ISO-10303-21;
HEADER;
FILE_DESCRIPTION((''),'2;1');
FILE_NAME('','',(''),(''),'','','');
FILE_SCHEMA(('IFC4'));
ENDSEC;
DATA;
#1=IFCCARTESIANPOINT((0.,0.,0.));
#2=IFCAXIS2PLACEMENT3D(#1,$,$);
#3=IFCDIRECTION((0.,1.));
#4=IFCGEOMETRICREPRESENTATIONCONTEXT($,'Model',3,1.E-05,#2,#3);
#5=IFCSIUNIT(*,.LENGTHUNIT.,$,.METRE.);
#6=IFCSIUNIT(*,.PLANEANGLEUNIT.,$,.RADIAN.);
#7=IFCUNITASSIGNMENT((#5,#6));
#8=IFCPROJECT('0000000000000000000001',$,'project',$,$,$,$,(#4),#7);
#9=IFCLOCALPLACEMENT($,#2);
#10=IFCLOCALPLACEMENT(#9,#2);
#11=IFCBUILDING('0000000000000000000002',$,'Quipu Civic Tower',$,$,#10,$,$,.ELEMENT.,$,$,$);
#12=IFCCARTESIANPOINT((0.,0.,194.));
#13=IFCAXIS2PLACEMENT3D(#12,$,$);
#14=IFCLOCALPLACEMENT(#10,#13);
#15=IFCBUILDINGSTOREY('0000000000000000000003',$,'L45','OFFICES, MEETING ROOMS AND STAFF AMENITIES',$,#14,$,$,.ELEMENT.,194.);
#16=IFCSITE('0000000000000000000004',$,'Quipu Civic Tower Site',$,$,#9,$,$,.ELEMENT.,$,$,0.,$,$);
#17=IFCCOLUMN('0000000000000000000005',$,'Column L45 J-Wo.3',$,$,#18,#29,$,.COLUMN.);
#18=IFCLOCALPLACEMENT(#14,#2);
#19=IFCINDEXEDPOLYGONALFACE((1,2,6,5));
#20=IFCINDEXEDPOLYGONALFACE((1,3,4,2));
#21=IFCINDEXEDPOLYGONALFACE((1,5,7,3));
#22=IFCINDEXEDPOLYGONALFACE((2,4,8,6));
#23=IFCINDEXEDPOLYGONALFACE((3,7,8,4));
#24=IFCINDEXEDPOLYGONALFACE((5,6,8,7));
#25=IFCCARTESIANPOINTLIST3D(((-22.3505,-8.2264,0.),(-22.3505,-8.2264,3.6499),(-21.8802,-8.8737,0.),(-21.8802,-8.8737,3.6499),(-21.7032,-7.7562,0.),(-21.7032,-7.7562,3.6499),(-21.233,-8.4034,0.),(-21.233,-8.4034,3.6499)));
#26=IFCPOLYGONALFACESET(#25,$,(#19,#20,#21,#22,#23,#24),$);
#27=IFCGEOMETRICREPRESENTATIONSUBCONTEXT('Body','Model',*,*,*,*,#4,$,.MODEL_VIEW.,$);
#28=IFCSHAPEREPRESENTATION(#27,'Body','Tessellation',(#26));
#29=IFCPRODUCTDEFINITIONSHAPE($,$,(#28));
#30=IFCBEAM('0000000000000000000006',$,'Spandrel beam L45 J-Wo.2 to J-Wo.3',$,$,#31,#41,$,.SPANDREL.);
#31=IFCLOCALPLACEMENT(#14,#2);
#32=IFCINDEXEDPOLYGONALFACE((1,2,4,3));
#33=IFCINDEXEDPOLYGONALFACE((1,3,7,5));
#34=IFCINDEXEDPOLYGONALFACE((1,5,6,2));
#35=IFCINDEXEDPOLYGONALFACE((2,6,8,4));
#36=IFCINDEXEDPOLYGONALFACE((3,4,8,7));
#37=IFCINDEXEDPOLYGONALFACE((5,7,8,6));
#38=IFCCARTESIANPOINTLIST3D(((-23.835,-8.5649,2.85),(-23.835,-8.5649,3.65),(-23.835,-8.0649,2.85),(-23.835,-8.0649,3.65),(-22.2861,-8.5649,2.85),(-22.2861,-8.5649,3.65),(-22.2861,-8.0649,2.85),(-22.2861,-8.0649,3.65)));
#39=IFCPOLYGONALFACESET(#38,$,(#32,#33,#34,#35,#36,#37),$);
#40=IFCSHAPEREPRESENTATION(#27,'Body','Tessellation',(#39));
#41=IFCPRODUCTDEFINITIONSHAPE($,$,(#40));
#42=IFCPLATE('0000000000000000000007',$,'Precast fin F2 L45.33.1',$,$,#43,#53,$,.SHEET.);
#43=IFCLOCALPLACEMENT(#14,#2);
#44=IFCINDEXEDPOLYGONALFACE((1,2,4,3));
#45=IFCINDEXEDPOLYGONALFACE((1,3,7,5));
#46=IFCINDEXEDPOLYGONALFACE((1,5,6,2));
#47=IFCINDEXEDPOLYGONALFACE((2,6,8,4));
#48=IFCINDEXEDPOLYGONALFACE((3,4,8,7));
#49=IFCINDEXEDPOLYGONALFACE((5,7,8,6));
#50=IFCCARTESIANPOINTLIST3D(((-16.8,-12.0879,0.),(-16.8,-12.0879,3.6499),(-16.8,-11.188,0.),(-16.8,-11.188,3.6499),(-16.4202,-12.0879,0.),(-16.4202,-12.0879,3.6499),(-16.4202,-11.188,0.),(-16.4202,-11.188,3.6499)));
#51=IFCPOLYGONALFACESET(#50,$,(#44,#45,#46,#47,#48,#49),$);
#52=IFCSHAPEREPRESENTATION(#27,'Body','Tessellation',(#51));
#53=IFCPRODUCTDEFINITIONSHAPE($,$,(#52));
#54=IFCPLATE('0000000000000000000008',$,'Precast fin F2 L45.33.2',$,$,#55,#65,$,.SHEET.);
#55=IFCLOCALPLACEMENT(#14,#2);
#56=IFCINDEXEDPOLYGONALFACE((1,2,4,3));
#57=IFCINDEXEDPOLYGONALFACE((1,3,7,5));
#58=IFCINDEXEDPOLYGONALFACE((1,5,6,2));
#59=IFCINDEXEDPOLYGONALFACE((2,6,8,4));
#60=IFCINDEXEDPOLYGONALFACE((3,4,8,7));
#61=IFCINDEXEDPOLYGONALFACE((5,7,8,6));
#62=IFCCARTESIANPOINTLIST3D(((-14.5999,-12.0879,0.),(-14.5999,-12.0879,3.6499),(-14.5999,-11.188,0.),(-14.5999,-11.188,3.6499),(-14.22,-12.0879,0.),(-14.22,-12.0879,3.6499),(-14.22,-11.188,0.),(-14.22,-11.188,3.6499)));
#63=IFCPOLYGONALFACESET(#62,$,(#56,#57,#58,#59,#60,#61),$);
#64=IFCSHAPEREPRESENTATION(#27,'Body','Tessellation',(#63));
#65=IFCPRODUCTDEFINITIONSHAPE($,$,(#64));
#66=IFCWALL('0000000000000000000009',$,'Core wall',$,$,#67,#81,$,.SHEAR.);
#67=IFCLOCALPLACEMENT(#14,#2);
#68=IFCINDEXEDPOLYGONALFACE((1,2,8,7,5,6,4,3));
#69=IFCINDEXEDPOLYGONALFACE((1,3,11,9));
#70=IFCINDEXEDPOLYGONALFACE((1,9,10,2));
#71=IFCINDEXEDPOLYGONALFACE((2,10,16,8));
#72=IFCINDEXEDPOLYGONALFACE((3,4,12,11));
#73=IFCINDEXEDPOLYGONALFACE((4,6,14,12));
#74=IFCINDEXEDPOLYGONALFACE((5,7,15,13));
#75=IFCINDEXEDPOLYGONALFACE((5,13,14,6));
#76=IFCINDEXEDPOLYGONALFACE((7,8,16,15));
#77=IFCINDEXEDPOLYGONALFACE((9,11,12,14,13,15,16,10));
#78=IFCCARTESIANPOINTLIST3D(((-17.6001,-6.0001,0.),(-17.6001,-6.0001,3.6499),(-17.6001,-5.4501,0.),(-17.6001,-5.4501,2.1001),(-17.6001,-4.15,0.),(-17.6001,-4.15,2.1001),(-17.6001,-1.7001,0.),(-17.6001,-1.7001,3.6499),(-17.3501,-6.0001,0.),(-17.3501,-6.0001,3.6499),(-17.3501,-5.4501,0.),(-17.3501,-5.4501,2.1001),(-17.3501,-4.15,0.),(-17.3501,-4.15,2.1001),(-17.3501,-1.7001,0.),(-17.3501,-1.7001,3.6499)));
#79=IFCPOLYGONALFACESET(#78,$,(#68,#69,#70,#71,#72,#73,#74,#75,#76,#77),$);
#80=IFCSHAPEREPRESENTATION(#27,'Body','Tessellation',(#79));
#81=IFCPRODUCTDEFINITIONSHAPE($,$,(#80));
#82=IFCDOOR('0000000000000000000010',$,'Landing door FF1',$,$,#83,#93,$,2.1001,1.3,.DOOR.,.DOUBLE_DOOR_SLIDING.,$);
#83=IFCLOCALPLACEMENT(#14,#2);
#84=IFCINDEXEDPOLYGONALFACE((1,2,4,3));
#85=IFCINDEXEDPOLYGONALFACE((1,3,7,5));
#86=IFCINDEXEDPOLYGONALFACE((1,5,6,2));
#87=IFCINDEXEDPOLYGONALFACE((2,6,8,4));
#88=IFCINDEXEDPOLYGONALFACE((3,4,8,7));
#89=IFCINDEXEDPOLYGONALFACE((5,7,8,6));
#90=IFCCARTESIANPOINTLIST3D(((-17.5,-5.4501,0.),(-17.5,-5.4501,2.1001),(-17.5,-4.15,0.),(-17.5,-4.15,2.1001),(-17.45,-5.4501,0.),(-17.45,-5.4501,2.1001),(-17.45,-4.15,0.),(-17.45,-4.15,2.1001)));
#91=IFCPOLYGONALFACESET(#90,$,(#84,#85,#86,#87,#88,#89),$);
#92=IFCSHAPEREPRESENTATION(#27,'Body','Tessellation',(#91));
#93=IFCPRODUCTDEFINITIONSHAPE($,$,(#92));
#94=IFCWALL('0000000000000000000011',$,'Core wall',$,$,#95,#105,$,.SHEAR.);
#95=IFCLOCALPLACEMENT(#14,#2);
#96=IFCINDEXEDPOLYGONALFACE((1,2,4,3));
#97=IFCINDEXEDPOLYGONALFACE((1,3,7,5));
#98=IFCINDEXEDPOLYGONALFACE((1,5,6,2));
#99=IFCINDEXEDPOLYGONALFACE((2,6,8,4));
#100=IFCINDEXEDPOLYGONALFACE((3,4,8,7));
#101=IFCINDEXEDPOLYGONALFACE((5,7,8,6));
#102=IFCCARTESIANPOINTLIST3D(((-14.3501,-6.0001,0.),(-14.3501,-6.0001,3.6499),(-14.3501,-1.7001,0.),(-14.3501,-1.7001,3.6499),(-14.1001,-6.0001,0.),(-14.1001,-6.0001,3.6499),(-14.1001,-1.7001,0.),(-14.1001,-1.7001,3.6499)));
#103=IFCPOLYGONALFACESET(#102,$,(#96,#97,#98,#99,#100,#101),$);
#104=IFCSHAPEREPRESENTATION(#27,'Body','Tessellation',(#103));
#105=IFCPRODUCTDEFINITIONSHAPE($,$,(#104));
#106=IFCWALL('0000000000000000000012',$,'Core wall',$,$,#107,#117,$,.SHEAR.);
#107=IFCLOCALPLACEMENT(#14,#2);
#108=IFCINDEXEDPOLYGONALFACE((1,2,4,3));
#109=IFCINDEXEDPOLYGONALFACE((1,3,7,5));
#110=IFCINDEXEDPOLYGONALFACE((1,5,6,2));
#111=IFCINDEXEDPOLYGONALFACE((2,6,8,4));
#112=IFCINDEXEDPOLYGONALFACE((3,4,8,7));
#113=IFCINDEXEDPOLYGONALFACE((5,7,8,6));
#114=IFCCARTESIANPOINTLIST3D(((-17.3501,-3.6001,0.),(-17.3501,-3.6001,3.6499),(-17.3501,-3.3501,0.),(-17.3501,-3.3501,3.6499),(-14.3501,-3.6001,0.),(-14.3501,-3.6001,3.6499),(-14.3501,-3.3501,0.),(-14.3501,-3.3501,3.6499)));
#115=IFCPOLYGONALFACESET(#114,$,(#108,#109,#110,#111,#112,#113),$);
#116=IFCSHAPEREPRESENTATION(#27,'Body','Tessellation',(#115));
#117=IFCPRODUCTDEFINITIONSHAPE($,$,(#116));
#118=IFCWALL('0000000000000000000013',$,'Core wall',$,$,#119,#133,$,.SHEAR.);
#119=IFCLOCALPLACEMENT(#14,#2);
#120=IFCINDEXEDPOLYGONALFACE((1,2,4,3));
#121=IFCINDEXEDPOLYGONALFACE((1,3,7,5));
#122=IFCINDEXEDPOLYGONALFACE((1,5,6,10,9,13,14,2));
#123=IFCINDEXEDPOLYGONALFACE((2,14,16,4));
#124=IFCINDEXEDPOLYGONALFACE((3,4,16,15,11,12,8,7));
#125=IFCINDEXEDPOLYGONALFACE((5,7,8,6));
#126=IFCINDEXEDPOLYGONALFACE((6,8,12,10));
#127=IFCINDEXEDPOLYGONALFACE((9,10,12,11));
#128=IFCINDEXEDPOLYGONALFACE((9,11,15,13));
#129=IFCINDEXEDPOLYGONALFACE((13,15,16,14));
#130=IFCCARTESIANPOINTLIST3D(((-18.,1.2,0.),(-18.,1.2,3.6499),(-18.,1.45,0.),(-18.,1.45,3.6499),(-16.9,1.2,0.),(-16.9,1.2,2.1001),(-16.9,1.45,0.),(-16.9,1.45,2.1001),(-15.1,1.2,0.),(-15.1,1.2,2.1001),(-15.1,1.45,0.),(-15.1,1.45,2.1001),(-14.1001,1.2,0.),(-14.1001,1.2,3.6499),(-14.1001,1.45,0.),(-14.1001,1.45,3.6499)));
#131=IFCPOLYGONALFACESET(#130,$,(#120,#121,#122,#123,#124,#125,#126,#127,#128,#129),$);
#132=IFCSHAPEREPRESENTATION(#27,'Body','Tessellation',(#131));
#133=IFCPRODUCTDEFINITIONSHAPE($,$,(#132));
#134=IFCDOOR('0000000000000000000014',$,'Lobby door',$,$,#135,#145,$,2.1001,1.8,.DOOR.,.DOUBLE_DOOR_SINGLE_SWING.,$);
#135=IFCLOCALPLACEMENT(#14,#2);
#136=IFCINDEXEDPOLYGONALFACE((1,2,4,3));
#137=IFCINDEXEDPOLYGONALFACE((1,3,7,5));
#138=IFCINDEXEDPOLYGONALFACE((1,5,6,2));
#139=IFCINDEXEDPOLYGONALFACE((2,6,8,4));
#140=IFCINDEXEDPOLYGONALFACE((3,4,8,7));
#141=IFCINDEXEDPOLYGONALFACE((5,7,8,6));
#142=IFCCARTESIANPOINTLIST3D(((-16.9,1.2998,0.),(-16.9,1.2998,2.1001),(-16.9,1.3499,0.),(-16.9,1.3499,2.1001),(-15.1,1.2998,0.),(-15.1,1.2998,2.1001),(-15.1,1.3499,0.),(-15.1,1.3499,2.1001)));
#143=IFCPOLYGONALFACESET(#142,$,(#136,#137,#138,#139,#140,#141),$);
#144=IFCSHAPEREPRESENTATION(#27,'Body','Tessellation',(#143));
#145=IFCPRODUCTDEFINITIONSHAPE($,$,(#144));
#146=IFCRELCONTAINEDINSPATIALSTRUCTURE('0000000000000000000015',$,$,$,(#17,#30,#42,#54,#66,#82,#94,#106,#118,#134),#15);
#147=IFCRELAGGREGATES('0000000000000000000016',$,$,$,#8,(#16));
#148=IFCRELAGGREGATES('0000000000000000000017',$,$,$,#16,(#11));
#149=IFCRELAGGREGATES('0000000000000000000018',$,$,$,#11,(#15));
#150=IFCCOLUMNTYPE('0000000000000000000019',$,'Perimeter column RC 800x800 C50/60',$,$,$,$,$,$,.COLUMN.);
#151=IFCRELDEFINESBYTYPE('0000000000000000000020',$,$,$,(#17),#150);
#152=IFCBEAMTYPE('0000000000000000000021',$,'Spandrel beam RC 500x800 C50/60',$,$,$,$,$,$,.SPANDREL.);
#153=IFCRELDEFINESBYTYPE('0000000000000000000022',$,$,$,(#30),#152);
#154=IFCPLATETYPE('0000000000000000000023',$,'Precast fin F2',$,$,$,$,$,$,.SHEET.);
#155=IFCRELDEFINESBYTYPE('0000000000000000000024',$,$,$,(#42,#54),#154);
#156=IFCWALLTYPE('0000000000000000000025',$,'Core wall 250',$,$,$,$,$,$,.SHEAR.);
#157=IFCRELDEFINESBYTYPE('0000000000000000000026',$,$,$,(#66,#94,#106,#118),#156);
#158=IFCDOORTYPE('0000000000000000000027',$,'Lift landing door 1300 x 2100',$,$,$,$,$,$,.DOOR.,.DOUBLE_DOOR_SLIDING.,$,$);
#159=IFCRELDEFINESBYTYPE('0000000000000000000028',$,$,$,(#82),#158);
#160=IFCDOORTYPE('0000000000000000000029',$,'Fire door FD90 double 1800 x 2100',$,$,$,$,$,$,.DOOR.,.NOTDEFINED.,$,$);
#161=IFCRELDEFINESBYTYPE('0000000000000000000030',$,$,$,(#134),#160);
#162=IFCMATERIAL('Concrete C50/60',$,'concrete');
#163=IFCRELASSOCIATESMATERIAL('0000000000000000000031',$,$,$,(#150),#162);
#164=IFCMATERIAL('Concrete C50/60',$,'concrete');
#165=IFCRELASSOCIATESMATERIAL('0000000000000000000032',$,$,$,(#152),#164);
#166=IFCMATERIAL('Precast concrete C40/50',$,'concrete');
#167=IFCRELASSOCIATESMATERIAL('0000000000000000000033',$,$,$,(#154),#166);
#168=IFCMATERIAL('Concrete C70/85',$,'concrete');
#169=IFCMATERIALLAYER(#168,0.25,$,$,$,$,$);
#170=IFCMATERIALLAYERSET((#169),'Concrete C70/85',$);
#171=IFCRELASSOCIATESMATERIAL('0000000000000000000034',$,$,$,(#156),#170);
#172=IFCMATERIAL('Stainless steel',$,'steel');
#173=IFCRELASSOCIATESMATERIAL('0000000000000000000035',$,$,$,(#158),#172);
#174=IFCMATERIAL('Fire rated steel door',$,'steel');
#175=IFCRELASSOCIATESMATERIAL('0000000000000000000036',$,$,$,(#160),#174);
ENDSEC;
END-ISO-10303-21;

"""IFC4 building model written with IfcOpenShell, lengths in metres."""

from ifc_helpers import new_model, si_unit, direction, frame, frame_2d, origin, origin_2d, place, context, subcontext, project, spatial, rectangle, extrude, material, layer, layer_set, material_profile, profile_set, type_object, element, fill, save


model = new_model("IFC4")

# Units and contexts
model_context = context("Model", 3, precision=1e-05, world=origin(), true_north=direction((0.0, 1.0)))
body_context = subcontext(model_context, "Body", "Model", "MODEL_VIEW")
ifc_project = project(units=[si_unit("LENGTHUNIT", "METRE"), si_unit("PLANEANGLEUNIT", "RADIAN")], contexts=[model_context])

# Site, building, storey
site_placement = place(None, origin())
site = spatial("IfcSite", under=ifc_project, at=site_placement, Name="Quipu Civic Tower Site", CompositionType="ELEMENT", RefElevation=0.0)
building_placement = place(site_placement, origin())
building = spatial("IfcBuilding", under=site, at=building_placement, Name="Quipu Civic Tower", CompositionType="ELEMENT")
storey_placement = place(building_placement, frame((0.0, 0.0, 194.0)))
storey = spatial("IfcBuildingStorey", under=building, at=storey_placement, Name="L45", Description="OFFICES, MEETING ROOMS AND STAFF AMENITIES", CompositionType="ELEMENT", Elevation=194.0)

# Column
ifc_material_1 = material(Name="Concrete C50/60", Category="concrete")
ifc_material_profile_1 = material_profile(ifc_material_1, rectangle(XDim=0.8, YDim=0.8, at=origin_2d()), Name="RC800x800")
ifc_profile_set_1 = profile_set([ifc_material_profile_1], Name="Concrete C50/60")
column_type = type_object("IfcColumnType", Name="Perimeter column RC 800x800 C50/60", PredefinedType="COLUMN", material=ifc_profile_set_1)
column_placement = place(storey_placement, frame((-21.7917, -8.3149, 0.0), z_axis=(0.0, 0.0, 1.0), x_axis=(0.587785, -0.809017, 0.0)))
element("IfcColumn", 1, at=column_placement, inside=storey, type_object=column_type, Name="Column L45 J-Wo.3", PredefinedType="COLUMN", context=body_context, shape_type="SweptSolid", body=[
    extrude(rectangle(XDim=0.8, YDim=0.8, at=origin_2d()), origin(), (0.0, 0.0, 1.0), 3.6499),
])

# Beam
ifc_material_2 = material(Name="Concrete C50/60", Category="concrete")
ifc_material_profile_2 = material_profile(ifc_material_2, rectangle(XDim=0.5, YDim=0.8, at=origin_2d()), Name="RC500x800")
ifc_profile_set_2 = profile_set([ifc_material_profile_2], Name="Concrete C50/60")
beam_type = type_object("IfcBeamType", Name="Spandrel beam RC 500x800 C50/60", PredefinedType="SPANDREL", material=ifc_profile_set_2)
beam_placement = place(storey_placement, frame((-23.835, -8.3149, 3.25), z_axis=(1.0, 0.0, 0.0), x_axis=(0.0, 1.0, 0.0)))
element("IfcBeam", 2, at=beam_placement, inside=storey, type_object=beam_type, Name="Spandrel beam L45 J-Wo.2 to J-Wo.3", PredefinedType="SPANDREL", context=body_context, shape_type="SweptSolid", body=[
    extrude(rectangle(XDim=0.5, YDim=0.8, at=origin_2d()), origin(), (0.0, 0.0, 1.0), 1.5488),
])

# Plates
ifc_material_3 = material(Name="Precast concrete C40/50", Category="concrete")
plate_type = type_object("IfcPlateType", Name="Precast fin F2", PredefinedType="SHEET", material=ifc_material_3)
for number, where, z_axis, x_axis, name in (
    (3, (-16.6101, -11.6379, 0.0), (0.0, 0.0, 1.0), (1.0, 0.0, 0.0), "Precast fin F2 L45.33.1"),
    (4, (-14.4099, -11.6379, 0.0), (0.0, 0.0, 1.0), (1.0, 0.0, 0.0), "Precast fin F2 L45.33.2"),
):
    element("IfcPlate", number, at=place(storey_placement, frame(where, z_axis=z_axis, x_axis=x_axis)), inside=storey, type_object=plate_type, Name=name, PredefinedType="SHEET", context=body_context, shape_type="SweptSolid", body=[
        extrude(rectangle(XDim=0.3799, YDim=0.8999, at=origin_2d()), origin(), (0.0, 0.0, 1.0), 3.6499),
    ])

# Wall, opening, door
ifc_material_4 = material(Name="Concrete C70/85", Category="concrete")
ifc_layer_1 = layer(ifc_material_4, 0.25)
ifc_layer_set_1 = layer_set([ifc_layer_1], Name="Concrete C70/85")
wall_type_1 = type_object("IfcWallType", Name="Core wall 250", PredefinedType="SHEAR", material=ifc_layer_set_1)
wall_1_placement = place(storey_placement, frame((-17.4751, -6.0, 0.0), z_axis=(0.0, 0.0, 1.0), x_axis=(0.0, 1.0, 0.0)))
wall_1 = element("IfcWall", 5, at=wall_1_placement, inside=storey, type_object=wall_type_1, Name="Core wall", PredefinedType="SHEAR", context=body_context, shape_type="SweptSolid", body=[
    extrude(rectangle(XDim=4.3, YDim=0.25, at=frame_2d((2.1499, 0.0))), origin(), (0.0, 0.0, 1.0), 3.6499),
])
opening_1_placement = place(wall_1_placement, frame((0.55, 0.0, 0.0)))
opening_1 = element("IfcOpeningElement", 6, at=opening_1_placement, cuts=wall_1, PredefinedType="OPENING", context=body_context, shape_type="SweptSolid", body=[
    extrude(rectangle(XDim=1.3, YDim=2.1001, at=frame_2d((0.6499, 1.05))), frame((0.0, 0.135, 0.0), z_axis=(0.0, -1.0, 0.0), x_axis=(1.0, 0.0, 0.0)), (0.0, 0.0, 1.0), 0.27),
])
ifc_material_5 = material(Name="Stainless steel", Category="steel")
door_type_1 = type_object("IfcDoorType", Name="Lift landing door 1300 x 2100", OperationType="DOUBLE_DOOR_SLIDING", PredefinedType="DOOR", material=ifc_material_5)
door_1_placement = place(opening_1_placement, origin())
door_1 = element("IfcDoor", 7, at=door_1_placement, inside=storey, type_object=door_type_1, Name="Landing door FF1", OperationType="DOUBLE_DOOR_SLIDING", OverallHeight=2.1001, OverallWidth=1.3, PredefinedType="DOOR", context=body_context, shape_type="SweptSolid", body=[
    extrude(rectangle(XDim=1.3, YDim=2.1001, at=frame_2d((0.6499, 1.05))), frame((0.0, 0.0249, 0.0), z_axis=(0.0, -1.0, 0.0), x_axis=(1.0, 0.0, 0.0)), (0.0, 0.0, 1.0), 0.05),
])
fill(opening_1, door_1)

# Walls
wall_2_placement = place(storey_placement, frame((-14.2251, -6.0, 0.0), z_axis=(0.0, 0.0, 1.0), x_axis=(0.0, 1.0, 0.0)))
element("IfcWall", 8, at=wall_2_placement, inside=storey, type_object=wall_type_1, Name="Core wall", PredefinedType="SHEAR", context=body_context, shape_type="SweptSolid", body=[
    extrude(rectangle(XDim=4.3, YDim=0.25, at=frame_2d((2.1499, 0.0))), origin(), (0.0, 0.0, 1.0), 3.6499),
])
wall_3_placement = place(storey_placement, frame((-17.3501, -3.4751, 0.0), z_axis=(0.0, 0.0, 1.0), x_axis=(1.0, 0.0, 0.0)))
element("IfcWall", 9, at=wall_3_placement, inside=storey, type_object=wall_type_1, Name="Core wall", PredefinedType="SHEAR", context=body_context, shape_type="SweptSolid", body=[
    extrude(rectangle(XDim=3.0, YDim=0.25, at=frame_2d((1.5, 0.0))), origin(), (0.0, 0.0, 1.0), 3.6499),
])

# Wall, opening, door
wall_4_placement = place(storey_placement, frame((-18.0, 1.325, 0.0), z_axis=(0.0, 0.0, 1.0), x_axis=(1.0, 0.0, 0.0)))
wall_4 = element("IfcWall", 10, at=wall_4_placement, inside=storey, type_object=wall_type_1, Name="Core wall", PredefinedType="SHEAR", context=body_context, shape_type="SweptSolid", body=[
    extrude(rectangle(XDim=3.8999, YDim=0.25, at=frame_2d((1.95, 0.0))), origin(), (0.0, 0.0, 1.0), 3.6499),
])
opening_2_placement = place(wall_4_placement, frame((1.1001, 0.0, 0.0)))
opening_2 = element("IfcOpeningElement", 11, at=opening_2_placement, cuts=wall_4, PredefinedType="OPENING", context=body_context, shape_type="SweptSolid", body=[
    extrude(rectangle(XDim=1.8, YDim=2.1001, at=frame_2d((0.8999, 1.05))), frame((0.0, 0.135, 0.0), z_axis=(0.0, -1.0, 0.0), x_axis=(1.0, 0.0, 0.0)), (0.0, 0.0, 1.0), 0.27),
])
ifc_material_6 = material(Name="Fire rated steel door", Category="steel")
door_type_2 = type_object("IfcDoorType", Name="Fire door FD90 double 1800 x 2100", OperationType="NOTDEFINED", PredefinedType="DOOR", material=ifc_material_6)
door_2_placement = place(opening_2_placement, origin())
door_2 = element("IfcDoor", 12, at=door_2_placement, inside=storey, type_object=door_type_2, Name="Lobby door", OperationType="DOUBLE_DOOR_SINGLE_SWING", OverallHeight=2.1001, OverallWidth=1.8, PredefinedType="DOOR", context=body_context, shape_type="SweptSolid", body=[
    extrude(rectangle(XDim=1.8, YDim=2.1001, at=frame_2d((0.8999, 1.05))), frame((0.0, 0.0249, 0.0), z_axis=(0.0, -1.0, 0.0), x_axis=(1.0, 0.0, 0.0)), (0.0, 0.0, 1.0), 0.05),
])
fill(opening_2, door_2)

save(model, "model.ifc")
